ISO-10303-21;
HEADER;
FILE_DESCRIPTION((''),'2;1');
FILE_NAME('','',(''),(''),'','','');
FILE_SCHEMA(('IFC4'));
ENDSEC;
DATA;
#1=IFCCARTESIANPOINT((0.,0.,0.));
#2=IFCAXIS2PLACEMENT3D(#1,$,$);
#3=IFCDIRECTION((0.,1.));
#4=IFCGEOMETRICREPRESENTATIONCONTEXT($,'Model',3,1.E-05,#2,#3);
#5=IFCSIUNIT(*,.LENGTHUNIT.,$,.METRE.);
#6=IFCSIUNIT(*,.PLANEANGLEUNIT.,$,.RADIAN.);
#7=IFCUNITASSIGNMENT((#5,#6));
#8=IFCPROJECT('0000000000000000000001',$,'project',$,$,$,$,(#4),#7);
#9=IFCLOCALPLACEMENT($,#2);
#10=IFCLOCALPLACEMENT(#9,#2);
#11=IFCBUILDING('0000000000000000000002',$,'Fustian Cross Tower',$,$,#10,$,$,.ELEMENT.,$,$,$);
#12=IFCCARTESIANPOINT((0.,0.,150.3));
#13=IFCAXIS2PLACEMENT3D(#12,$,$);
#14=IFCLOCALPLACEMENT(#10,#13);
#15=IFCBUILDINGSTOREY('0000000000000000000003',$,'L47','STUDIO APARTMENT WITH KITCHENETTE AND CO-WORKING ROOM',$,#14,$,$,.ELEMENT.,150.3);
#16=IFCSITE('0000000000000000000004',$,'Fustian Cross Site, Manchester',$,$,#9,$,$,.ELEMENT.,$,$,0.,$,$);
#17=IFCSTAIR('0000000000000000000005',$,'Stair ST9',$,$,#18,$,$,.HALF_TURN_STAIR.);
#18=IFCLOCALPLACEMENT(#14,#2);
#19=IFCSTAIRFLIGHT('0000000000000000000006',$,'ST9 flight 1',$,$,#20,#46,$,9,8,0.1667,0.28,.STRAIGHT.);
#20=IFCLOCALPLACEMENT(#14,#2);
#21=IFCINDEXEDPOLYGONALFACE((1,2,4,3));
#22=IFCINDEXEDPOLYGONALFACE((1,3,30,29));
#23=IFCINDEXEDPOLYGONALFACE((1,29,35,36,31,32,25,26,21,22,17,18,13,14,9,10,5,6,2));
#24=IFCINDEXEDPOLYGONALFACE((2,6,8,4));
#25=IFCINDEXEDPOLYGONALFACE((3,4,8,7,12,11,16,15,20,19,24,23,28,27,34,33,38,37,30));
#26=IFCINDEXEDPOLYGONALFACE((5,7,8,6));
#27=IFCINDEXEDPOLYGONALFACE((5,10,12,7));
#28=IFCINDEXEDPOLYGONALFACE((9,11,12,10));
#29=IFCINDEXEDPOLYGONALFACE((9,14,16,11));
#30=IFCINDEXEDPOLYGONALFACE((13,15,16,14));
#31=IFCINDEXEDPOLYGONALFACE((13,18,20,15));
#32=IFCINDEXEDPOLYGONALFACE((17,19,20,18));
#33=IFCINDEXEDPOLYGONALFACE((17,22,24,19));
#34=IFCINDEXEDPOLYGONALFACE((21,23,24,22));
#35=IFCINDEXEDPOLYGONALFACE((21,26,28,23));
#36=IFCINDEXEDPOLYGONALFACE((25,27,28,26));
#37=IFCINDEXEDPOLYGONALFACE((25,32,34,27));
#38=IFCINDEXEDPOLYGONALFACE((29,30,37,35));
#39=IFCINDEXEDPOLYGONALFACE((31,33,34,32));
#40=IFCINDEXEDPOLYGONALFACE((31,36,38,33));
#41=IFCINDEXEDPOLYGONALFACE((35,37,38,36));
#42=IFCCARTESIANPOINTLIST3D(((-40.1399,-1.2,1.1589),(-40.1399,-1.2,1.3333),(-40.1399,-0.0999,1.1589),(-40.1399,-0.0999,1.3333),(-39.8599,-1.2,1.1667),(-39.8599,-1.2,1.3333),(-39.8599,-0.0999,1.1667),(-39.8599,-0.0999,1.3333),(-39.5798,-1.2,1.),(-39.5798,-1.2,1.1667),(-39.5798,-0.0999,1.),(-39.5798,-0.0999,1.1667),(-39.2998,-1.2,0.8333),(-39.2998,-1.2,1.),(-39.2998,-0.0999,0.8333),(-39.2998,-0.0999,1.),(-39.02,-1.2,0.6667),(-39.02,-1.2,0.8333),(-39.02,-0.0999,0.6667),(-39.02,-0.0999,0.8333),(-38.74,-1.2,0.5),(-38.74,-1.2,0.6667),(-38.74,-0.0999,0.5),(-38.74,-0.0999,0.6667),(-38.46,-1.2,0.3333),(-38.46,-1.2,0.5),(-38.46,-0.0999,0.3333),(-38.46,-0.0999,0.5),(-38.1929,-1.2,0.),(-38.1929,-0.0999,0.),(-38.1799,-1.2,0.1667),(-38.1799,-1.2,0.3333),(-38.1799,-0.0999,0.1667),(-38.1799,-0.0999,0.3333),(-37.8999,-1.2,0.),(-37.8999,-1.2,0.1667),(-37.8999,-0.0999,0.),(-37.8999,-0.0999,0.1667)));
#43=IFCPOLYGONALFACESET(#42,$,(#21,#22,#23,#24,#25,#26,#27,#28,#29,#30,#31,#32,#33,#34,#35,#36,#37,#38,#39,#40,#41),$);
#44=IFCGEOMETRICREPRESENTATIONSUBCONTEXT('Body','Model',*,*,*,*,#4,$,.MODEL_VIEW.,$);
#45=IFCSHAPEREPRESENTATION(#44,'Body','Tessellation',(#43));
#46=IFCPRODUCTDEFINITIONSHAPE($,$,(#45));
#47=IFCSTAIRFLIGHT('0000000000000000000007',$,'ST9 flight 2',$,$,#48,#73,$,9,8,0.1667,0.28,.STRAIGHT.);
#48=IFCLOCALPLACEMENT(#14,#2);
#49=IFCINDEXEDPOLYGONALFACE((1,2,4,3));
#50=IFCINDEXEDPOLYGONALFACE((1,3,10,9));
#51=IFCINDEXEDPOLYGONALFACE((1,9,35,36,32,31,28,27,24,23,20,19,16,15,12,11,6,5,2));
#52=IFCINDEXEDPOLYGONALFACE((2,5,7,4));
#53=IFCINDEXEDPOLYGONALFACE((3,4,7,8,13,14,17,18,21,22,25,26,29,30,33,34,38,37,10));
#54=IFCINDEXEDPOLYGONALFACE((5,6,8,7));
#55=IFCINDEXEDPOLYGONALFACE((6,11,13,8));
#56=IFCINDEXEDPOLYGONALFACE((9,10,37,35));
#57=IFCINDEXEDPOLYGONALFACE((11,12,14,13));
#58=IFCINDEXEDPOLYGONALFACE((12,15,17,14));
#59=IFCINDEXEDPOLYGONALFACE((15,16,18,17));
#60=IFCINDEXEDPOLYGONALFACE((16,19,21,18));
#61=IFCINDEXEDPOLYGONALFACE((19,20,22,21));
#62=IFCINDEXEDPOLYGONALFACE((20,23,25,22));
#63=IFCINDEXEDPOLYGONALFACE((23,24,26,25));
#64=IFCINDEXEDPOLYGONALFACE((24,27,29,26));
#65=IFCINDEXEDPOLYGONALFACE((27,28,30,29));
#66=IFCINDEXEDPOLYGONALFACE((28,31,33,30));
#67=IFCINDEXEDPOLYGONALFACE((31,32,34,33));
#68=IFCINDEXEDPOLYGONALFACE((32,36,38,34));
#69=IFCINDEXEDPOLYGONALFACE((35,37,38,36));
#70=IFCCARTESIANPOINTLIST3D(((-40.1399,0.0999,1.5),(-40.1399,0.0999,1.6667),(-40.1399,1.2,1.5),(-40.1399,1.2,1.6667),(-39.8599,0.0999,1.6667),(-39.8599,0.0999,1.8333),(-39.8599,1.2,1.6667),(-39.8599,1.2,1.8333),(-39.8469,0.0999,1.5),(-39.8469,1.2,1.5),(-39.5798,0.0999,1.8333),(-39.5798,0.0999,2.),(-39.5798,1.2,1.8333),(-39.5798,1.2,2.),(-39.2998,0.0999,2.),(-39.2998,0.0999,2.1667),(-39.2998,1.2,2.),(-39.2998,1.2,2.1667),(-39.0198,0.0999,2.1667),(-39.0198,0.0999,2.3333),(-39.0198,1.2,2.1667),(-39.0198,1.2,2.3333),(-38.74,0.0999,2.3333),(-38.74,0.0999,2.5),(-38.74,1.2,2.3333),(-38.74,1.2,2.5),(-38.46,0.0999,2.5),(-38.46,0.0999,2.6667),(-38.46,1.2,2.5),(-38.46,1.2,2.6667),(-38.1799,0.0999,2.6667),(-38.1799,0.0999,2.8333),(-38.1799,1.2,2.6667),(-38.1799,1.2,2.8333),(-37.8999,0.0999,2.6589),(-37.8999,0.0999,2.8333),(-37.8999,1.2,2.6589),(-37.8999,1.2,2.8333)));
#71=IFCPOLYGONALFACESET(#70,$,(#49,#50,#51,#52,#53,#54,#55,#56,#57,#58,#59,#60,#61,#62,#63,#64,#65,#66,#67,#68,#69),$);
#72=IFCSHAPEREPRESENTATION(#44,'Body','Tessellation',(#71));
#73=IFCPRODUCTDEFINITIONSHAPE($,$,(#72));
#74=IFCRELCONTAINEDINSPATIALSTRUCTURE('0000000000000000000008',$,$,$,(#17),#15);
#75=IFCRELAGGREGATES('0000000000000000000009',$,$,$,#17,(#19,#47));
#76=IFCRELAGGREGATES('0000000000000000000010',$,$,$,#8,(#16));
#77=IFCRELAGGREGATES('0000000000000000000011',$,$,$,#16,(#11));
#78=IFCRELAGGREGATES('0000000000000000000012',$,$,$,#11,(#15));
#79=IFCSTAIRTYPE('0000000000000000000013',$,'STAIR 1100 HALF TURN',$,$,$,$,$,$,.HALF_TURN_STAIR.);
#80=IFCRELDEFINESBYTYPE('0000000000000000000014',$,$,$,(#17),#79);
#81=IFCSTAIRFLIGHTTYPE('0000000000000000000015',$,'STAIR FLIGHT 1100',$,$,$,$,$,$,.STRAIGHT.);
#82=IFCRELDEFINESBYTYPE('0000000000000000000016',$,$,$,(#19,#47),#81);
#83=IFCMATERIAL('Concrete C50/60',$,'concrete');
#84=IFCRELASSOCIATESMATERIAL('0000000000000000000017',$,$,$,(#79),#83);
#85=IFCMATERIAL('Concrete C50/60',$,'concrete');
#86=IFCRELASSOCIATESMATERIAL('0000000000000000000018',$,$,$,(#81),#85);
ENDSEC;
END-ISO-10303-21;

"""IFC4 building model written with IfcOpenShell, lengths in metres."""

from ifc_helpers import new_model, si_unit, direction, frame, origin, place, context, subcontext, project, spatial, polyline, outline, extrude, material, type_object, element, aggregate, save


model = new_model("IFC4")

# Units and contexts
model_context = context("Model", 3, precision=1e-05, world=origin(), true_north=direction((0.0, 1.0)))
body_context = subcontext(model_context, "Body", "Model", "MODEL_VIEW")
ifc_project = project(units=[si_unit("LENGTHUNIT", "METRE"), si_unit("PLANEANGLEUNIT", "RADIAN")], contexts=[model_context])

# Site, building, storey
site_placement = place(None, origin())
site = spatial("IfcSite", under=ifc_project, at=site_placement, Name="Fustian Cross Site, Manchester", CompositionType="ELEMENT", RefElevation=0.0)
building_placement = place(site_placement, origin())
building = spatial("IfcBuilding", under=site, at=building_placement, Name="Fustian Cross Tower", CompositionType="ELEMENT")
storey_placement = place(building_placement, frame((0.0, 0.0, 150.3)))
storey = spatial("IfcBuildingStorey", under=building, at=storey_placement, Name="L47", Description="STUDIO APARTMENT WITH KITCHENETTE AND CO-WORKING ROOM", CompositionType="ELEMENT", Elevation=150.3)

# Stair, stair flights
ifc_material_1 = material(Name="Concrete C50/60", Category="concrete")
stair_type = type_object("IfcStairType", Name="STAIR 1100 HALF TURN", PredefinedType="HALF_TURN_STAIR", material=ifc_material_1)
stair_placement = place(storey_placement, origin())
stair = element("IfcStair", 1, at=stair_placement, inside=storey, type_object=stair_type, Name="Stair ST9", PredefinedType="HALF_TURN_STAIR")
ifc_material_2 = material(Name="Concrete C50/60", Category="concrete")
stair_flight_type = type_object("IfcStairFlightType", Name="STAIR FLIGHT 1100", PredefinedType="STRAIGHT", material=ifc_material_2)
stair_flight_1_placement = place(storey_placement, frame((-37.8999, -0.6499, 0.0), z_axis=(0.0, 0.0, 1.0), x_axis=(-1.0, 0.0, 0.0)))
stair_flight_1 = element("IfcStairFlight", 2, at=stair_flight_1_placement, type_object=stair_flight_type, Name="ST9 flight 1", NumberOfRisers=9, NumberOfTreads=8, PredefinedType="STRAIGHT", RiserHeight=0.1667, TreadLength=0.28, context=body_context, shape_type="SweptSolid", body=[
    extrude(outline(polyline([(0.0, 0.0), (0.0, 0.1667), (0.28, 0.1667), (0.28, 0.3333), (0.5601, 0.3333), (0.5601, 0.5), (0.8401, 0.5), (0.8401, 0.6667), (1.1201, 0.6667), (1.1201, 0.8333), (1.3999, 0.8333), (1.3999, 1.0), (1.6799, 1.0), (1.6799, 1.1667), (1.96, 1.1667), (1.96, 1.3333), (2.24, 1.3333), (2.24, 1.5), (2.24, 1.1589), (0.293, 0.0), (0.0, 0.0)])), frame((0.0, 0.55, 0.0), z_axis=(0.0, -1.0, 0.0), x_axis=(1.0, 0.0, 0.0)), (0.0, 0.0, 1.0), 1.1001),
])
stair_flight_2_placement = place(storey_placement, frame((-40.1399, 0.6499, 1.5), z_axis=(0.0, 0.0, 1.0), x_axis=(1.0, 0.0, 0.0)))
stair_flight_2 = element("IfcStairFlight", 3, at=stair_flight_2_placement, type_object=stair_flight_type, Name="ST9 flight 2", NumberOfRisers=9, NumberOfTreads=8, PredefinedType="STRAIGHT", RiserHeight=0.1667, TreadLength=0.28, context=body_context, shape_type="SweptSolid", body=[
    extrude(outline(polyline([(0.0, 0.0), (0.0, 0.1667), (0.28, 0.1667), (0.28, 0.3333), (0.5601, 0.3333), (0.5601, 0.5), (0.8401, 0.5), (0.8401, 0.6667), (1.1201, 0.6667), (1.1201, 0.8333), (1.3999, 0.8333), (1.3999, 1.0), (1.6799, 1.0), (1.6799, 1.1667), (1.96, 1.1667), (1.96, 1.3333), (2.24, 1.3333), (2.24, 1.5), (2.24, 1.1589), (0.293, 0.0), (0.0, 0.0)])), frame((0.0, 0.55, 0.0), z_axis=(0.0, -1.0, 0.0), x_axis=(1.0, 0.0, 0.0)), (0.0, 0.0, 1.0), 1.1001),
])
aggregate(stair, [stair_flight_1, stair_flight_2])

save(model, "model.ifc")
